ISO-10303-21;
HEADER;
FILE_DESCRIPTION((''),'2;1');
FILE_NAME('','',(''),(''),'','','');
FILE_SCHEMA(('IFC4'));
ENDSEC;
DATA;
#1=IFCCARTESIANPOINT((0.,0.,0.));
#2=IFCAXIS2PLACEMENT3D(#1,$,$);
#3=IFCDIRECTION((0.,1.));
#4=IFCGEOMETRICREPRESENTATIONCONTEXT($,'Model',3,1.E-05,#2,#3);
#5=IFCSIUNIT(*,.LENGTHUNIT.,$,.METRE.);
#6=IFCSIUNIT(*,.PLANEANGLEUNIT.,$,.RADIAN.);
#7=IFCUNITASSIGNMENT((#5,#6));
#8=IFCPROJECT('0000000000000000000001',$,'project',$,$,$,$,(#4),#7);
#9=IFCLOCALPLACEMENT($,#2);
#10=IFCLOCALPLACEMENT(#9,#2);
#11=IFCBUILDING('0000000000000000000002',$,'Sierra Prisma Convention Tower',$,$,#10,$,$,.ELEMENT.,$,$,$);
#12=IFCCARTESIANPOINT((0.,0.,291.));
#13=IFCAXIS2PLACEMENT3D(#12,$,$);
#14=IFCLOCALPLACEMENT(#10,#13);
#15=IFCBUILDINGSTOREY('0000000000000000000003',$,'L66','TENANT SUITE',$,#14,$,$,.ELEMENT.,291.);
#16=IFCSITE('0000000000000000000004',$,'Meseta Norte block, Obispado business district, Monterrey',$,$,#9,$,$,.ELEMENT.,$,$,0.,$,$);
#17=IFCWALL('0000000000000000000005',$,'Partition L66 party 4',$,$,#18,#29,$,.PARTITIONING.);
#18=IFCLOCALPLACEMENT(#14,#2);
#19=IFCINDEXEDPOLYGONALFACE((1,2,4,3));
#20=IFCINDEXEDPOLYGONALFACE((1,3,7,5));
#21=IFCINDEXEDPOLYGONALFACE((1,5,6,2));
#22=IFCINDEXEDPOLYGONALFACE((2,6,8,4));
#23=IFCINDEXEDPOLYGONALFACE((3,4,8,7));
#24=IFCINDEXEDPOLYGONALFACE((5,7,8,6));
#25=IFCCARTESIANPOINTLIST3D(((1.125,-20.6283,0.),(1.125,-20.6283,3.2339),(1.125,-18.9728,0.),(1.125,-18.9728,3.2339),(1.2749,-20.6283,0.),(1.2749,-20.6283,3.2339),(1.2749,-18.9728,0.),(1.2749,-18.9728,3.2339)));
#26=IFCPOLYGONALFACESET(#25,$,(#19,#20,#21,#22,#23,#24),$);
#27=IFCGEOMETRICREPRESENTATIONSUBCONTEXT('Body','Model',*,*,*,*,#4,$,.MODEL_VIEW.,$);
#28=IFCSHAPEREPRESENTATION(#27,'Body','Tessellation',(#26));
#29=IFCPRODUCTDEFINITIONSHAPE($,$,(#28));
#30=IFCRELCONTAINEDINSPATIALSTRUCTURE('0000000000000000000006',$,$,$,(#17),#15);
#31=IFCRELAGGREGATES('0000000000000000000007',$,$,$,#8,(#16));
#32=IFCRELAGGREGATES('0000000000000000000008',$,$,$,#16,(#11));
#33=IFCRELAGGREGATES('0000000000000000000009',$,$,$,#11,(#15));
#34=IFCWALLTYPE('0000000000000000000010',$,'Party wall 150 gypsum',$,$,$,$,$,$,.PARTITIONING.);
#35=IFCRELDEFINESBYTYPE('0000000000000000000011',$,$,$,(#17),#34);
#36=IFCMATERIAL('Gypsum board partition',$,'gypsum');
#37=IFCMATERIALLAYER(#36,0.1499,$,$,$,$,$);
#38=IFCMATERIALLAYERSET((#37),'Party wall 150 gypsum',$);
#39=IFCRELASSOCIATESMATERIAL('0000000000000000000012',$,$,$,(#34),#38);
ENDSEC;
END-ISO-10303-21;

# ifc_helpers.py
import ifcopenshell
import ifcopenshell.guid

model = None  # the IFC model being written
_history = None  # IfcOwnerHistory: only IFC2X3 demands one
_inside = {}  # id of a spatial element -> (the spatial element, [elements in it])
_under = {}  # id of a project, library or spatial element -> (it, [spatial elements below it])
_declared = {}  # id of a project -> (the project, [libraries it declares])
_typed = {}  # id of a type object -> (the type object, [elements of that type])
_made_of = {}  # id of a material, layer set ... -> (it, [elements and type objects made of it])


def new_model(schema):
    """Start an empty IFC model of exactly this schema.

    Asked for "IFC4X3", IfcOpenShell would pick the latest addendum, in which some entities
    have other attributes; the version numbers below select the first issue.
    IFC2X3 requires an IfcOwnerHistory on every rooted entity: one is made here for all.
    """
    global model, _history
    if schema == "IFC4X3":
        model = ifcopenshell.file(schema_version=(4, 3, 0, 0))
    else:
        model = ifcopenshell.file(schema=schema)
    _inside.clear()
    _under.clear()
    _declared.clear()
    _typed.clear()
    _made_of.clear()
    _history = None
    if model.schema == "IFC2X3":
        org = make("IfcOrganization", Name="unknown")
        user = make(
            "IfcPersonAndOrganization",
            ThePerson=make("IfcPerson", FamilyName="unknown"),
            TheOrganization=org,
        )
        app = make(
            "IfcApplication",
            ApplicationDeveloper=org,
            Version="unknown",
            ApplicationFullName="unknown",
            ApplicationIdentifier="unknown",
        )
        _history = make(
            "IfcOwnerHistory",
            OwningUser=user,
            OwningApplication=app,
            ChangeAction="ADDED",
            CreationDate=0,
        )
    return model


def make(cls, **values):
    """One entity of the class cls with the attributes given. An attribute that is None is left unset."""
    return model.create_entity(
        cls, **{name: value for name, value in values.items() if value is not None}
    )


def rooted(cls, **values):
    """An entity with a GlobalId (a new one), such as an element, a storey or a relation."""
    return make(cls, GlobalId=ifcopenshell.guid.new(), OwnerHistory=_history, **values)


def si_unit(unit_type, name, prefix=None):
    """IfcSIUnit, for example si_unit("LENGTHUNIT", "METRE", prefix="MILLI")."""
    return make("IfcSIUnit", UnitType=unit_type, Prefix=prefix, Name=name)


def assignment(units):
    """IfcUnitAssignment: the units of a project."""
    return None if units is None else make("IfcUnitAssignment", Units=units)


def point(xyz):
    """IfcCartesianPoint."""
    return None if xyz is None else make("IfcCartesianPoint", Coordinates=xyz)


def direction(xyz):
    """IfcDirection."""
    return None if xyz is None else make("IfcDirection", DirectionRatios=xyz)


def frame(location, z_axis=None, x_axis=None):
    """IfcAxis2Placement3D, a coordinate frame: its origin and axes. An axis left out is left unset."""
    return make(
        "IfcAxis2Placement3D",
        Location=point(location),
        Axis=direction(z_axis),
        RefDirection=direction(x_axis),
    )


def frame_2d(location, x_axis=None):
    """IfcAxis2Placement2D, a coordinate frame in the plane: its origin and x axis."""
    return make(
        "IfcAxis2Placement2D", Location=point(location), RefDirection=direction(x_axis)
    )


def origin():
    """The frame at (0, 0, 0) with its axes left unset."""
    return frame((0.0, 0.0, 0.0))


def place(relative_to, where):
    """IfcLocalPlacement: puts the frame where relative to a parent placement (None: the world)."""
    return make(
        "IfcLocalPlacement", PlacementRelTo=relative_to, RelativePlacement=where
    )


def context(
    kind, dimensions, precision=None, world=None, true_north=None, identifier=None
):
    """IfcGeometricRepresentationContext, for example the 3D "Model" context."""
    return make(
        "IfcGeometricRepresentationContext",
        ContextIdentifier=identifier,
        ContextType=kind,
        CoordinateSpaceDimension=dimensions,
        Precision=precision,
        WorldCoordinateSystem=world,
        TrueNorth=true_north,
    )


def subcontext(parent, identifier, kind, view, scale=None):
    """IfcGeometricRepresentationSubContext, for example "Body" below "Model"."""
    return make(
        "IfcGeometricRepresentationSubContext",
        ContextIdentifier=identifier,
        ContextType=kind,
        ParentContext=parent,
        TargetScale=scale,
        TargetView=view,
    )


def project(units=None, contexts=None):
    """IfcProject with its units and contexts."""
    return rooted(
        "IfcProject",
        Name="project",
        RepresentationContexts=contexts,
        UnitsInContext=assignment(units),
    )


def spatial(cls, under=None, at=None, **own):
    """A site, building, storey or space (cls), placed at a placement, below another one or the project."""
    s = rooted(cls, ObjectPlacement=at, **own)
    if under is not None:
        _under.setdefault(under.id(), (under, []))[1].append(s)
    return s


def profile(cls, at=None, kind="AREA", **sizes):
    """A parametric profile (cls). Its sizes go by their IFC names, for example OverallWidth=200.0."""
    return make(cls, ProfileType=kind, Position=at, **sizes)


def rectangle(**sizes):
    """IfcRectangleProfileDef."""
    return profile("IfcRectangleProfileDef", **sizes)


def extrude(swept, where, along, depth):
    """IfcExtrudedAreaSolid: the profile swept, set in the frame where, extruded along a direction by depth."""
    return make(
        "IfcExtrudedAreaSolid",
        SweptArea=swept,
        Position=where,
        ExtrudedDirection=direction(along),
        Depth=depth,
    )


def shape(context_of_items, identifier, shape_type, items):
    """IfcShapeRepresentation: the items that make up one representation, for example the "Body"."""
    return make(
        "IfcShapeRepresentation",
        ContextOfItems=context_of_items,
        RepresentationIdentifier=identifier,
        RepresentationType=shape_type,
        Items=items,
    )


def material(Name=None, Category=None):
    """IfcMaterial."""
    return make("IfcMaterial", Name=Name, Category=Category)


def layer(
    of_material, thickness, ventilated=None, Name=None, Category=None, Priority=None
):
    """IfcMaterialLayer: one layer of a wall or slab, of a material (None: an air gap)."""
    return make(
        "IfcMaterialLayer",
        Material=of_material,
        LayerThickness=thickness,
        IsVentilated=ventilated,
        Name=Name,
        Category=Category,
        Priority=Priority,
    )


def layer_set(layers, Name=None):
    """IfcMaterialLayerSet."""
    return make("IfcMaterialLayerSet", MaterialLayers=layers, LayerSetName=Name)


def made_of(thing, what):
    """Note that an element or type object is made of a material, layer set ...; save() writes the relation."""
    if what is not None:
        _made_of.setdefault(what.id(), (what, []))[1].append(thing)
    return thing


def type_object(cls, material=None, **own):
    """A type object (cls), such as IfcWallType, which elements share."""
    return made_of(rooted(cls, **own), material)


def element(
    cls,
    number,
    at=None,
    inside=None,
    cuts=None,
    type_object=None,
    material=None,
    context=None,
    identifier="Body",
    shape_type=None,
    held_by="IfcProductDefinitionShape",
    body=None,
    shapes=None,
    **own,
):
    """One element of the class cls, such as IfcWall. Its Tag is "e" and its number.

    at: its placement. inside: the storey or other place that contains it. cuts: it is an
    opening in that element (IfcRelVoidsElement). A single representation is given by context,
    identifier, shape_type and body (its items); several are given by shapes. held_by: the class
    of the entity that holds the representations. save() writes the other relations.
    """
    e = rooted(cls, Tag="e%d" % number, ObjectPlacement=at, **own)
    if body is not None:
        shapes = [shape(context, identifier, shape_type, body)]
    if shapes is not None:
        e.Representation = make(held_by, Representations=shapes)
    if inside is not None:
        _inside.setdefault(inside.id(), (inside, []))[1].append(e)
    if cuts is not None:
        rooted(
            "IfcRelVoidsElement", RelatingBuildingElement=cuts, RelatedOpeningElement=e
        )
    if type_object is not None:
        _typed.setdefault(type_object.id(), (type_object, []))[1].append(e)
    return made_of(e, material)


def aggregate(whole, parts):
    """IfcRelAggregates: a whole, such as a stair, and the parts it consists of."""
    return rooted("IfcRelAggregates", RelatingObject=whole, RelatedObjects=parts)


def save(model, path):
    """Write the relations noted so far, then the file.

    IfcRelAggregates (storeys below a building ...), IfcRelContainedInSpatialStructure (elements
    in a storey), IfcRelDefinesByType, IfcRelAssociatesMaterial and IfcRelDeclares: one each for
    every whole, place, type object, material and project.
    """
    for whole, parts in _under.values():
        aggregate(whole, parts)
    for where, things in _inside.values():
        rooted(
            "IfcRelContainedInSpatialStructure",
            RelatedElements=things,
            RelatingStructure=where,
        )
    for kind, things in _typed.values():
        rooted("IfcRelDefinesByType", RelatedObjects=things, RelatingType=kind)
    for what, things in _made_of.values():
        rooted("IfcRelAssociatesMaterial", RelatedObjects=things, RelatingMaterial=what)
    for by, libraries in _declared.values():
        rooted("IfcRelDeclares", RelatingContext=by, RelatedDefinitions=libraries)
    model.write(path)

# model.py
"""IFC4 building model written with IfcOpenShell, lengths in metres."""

from ifc_helpers import new_model, si_unit, direction, frame, frame_2d, origin, place, context, subcontext, project, spatial, rectangle, extrude, material, layer, layer_set, type_object, element, save


model = new_model("IFC4")

# Units and contexts
model_context = context("Model", 3, precision=1e-05, world=origin(), true_north=direction((0.0, 1.0)))
body_context = subcontext(model_context, "Body", "Model", "MODEL_VIEW")
ifc_project = project(units=[si_unit("LENGTHUNIT", "METRE"), si_unit("PLANEANGLEUNIT", "RADIAN")], contexts=[model_context])

# Site, building, storey
site_placement = place(None, origin())
site = spatial("IfcSite", under=ifc_project, at=site_placement, Name="Meseta Norte block, Obispado business district, Monterrey", CompositionType="ELEMENT", RefElevation=0.0)
building_placement = place(site_placement, origin())
building = spatial("IfcBuilding", under=site, at=building_placement, Name="Sierra Prisma Convention Tower", CompositionType="ELEMENT")
storey_placement = place(building_placement, frame((0.0, 0.0, 291.0)))
storey = spatial("IfcBuildingStorey", under=building, at=storey_placement, Name="L66", Description="TENANT SUITE", CompositionType="ELEMENT", Elevation=291.0)

# Wall
ifc_material_1 = material(Name="Gypsum board partition", Category="gypsum")
ifc_layer_1 = layer(ifc_material_1, 0.1499)
ifc_layer_set_1 = layer_set([ifc_layer_1], Name="Party wall 150 gypsum")
wall_type_1 = type_object("IfcWallType", Name="Party wall 150 gypsum", PredefinedType="PARTITIONING", material=ifc_layer_set_1)
wall_1_placement = place(storey_placement, frame((1.2, -18.9729, 0.0), z_axis=(0.0, 0.0, 1.0), x_axis=(0.0, -1.0, 0.0)))
element("IfcWall", 1, at=wall_1_placement, inside=storey, type_object=wall_type_1, Name="Partition L66 party 4", PredefinedType="PARTITIONING", context=body_context, shape_type="SweptSolid", body=[
    extrude(rectangle(XDim=1.6555, YDim=0.1499, at=frame_2d((0.8276, 0.0))), origin(), (0.0, 0.0, 1.0), 3.2339),
])

save(model, "model.ifc")
